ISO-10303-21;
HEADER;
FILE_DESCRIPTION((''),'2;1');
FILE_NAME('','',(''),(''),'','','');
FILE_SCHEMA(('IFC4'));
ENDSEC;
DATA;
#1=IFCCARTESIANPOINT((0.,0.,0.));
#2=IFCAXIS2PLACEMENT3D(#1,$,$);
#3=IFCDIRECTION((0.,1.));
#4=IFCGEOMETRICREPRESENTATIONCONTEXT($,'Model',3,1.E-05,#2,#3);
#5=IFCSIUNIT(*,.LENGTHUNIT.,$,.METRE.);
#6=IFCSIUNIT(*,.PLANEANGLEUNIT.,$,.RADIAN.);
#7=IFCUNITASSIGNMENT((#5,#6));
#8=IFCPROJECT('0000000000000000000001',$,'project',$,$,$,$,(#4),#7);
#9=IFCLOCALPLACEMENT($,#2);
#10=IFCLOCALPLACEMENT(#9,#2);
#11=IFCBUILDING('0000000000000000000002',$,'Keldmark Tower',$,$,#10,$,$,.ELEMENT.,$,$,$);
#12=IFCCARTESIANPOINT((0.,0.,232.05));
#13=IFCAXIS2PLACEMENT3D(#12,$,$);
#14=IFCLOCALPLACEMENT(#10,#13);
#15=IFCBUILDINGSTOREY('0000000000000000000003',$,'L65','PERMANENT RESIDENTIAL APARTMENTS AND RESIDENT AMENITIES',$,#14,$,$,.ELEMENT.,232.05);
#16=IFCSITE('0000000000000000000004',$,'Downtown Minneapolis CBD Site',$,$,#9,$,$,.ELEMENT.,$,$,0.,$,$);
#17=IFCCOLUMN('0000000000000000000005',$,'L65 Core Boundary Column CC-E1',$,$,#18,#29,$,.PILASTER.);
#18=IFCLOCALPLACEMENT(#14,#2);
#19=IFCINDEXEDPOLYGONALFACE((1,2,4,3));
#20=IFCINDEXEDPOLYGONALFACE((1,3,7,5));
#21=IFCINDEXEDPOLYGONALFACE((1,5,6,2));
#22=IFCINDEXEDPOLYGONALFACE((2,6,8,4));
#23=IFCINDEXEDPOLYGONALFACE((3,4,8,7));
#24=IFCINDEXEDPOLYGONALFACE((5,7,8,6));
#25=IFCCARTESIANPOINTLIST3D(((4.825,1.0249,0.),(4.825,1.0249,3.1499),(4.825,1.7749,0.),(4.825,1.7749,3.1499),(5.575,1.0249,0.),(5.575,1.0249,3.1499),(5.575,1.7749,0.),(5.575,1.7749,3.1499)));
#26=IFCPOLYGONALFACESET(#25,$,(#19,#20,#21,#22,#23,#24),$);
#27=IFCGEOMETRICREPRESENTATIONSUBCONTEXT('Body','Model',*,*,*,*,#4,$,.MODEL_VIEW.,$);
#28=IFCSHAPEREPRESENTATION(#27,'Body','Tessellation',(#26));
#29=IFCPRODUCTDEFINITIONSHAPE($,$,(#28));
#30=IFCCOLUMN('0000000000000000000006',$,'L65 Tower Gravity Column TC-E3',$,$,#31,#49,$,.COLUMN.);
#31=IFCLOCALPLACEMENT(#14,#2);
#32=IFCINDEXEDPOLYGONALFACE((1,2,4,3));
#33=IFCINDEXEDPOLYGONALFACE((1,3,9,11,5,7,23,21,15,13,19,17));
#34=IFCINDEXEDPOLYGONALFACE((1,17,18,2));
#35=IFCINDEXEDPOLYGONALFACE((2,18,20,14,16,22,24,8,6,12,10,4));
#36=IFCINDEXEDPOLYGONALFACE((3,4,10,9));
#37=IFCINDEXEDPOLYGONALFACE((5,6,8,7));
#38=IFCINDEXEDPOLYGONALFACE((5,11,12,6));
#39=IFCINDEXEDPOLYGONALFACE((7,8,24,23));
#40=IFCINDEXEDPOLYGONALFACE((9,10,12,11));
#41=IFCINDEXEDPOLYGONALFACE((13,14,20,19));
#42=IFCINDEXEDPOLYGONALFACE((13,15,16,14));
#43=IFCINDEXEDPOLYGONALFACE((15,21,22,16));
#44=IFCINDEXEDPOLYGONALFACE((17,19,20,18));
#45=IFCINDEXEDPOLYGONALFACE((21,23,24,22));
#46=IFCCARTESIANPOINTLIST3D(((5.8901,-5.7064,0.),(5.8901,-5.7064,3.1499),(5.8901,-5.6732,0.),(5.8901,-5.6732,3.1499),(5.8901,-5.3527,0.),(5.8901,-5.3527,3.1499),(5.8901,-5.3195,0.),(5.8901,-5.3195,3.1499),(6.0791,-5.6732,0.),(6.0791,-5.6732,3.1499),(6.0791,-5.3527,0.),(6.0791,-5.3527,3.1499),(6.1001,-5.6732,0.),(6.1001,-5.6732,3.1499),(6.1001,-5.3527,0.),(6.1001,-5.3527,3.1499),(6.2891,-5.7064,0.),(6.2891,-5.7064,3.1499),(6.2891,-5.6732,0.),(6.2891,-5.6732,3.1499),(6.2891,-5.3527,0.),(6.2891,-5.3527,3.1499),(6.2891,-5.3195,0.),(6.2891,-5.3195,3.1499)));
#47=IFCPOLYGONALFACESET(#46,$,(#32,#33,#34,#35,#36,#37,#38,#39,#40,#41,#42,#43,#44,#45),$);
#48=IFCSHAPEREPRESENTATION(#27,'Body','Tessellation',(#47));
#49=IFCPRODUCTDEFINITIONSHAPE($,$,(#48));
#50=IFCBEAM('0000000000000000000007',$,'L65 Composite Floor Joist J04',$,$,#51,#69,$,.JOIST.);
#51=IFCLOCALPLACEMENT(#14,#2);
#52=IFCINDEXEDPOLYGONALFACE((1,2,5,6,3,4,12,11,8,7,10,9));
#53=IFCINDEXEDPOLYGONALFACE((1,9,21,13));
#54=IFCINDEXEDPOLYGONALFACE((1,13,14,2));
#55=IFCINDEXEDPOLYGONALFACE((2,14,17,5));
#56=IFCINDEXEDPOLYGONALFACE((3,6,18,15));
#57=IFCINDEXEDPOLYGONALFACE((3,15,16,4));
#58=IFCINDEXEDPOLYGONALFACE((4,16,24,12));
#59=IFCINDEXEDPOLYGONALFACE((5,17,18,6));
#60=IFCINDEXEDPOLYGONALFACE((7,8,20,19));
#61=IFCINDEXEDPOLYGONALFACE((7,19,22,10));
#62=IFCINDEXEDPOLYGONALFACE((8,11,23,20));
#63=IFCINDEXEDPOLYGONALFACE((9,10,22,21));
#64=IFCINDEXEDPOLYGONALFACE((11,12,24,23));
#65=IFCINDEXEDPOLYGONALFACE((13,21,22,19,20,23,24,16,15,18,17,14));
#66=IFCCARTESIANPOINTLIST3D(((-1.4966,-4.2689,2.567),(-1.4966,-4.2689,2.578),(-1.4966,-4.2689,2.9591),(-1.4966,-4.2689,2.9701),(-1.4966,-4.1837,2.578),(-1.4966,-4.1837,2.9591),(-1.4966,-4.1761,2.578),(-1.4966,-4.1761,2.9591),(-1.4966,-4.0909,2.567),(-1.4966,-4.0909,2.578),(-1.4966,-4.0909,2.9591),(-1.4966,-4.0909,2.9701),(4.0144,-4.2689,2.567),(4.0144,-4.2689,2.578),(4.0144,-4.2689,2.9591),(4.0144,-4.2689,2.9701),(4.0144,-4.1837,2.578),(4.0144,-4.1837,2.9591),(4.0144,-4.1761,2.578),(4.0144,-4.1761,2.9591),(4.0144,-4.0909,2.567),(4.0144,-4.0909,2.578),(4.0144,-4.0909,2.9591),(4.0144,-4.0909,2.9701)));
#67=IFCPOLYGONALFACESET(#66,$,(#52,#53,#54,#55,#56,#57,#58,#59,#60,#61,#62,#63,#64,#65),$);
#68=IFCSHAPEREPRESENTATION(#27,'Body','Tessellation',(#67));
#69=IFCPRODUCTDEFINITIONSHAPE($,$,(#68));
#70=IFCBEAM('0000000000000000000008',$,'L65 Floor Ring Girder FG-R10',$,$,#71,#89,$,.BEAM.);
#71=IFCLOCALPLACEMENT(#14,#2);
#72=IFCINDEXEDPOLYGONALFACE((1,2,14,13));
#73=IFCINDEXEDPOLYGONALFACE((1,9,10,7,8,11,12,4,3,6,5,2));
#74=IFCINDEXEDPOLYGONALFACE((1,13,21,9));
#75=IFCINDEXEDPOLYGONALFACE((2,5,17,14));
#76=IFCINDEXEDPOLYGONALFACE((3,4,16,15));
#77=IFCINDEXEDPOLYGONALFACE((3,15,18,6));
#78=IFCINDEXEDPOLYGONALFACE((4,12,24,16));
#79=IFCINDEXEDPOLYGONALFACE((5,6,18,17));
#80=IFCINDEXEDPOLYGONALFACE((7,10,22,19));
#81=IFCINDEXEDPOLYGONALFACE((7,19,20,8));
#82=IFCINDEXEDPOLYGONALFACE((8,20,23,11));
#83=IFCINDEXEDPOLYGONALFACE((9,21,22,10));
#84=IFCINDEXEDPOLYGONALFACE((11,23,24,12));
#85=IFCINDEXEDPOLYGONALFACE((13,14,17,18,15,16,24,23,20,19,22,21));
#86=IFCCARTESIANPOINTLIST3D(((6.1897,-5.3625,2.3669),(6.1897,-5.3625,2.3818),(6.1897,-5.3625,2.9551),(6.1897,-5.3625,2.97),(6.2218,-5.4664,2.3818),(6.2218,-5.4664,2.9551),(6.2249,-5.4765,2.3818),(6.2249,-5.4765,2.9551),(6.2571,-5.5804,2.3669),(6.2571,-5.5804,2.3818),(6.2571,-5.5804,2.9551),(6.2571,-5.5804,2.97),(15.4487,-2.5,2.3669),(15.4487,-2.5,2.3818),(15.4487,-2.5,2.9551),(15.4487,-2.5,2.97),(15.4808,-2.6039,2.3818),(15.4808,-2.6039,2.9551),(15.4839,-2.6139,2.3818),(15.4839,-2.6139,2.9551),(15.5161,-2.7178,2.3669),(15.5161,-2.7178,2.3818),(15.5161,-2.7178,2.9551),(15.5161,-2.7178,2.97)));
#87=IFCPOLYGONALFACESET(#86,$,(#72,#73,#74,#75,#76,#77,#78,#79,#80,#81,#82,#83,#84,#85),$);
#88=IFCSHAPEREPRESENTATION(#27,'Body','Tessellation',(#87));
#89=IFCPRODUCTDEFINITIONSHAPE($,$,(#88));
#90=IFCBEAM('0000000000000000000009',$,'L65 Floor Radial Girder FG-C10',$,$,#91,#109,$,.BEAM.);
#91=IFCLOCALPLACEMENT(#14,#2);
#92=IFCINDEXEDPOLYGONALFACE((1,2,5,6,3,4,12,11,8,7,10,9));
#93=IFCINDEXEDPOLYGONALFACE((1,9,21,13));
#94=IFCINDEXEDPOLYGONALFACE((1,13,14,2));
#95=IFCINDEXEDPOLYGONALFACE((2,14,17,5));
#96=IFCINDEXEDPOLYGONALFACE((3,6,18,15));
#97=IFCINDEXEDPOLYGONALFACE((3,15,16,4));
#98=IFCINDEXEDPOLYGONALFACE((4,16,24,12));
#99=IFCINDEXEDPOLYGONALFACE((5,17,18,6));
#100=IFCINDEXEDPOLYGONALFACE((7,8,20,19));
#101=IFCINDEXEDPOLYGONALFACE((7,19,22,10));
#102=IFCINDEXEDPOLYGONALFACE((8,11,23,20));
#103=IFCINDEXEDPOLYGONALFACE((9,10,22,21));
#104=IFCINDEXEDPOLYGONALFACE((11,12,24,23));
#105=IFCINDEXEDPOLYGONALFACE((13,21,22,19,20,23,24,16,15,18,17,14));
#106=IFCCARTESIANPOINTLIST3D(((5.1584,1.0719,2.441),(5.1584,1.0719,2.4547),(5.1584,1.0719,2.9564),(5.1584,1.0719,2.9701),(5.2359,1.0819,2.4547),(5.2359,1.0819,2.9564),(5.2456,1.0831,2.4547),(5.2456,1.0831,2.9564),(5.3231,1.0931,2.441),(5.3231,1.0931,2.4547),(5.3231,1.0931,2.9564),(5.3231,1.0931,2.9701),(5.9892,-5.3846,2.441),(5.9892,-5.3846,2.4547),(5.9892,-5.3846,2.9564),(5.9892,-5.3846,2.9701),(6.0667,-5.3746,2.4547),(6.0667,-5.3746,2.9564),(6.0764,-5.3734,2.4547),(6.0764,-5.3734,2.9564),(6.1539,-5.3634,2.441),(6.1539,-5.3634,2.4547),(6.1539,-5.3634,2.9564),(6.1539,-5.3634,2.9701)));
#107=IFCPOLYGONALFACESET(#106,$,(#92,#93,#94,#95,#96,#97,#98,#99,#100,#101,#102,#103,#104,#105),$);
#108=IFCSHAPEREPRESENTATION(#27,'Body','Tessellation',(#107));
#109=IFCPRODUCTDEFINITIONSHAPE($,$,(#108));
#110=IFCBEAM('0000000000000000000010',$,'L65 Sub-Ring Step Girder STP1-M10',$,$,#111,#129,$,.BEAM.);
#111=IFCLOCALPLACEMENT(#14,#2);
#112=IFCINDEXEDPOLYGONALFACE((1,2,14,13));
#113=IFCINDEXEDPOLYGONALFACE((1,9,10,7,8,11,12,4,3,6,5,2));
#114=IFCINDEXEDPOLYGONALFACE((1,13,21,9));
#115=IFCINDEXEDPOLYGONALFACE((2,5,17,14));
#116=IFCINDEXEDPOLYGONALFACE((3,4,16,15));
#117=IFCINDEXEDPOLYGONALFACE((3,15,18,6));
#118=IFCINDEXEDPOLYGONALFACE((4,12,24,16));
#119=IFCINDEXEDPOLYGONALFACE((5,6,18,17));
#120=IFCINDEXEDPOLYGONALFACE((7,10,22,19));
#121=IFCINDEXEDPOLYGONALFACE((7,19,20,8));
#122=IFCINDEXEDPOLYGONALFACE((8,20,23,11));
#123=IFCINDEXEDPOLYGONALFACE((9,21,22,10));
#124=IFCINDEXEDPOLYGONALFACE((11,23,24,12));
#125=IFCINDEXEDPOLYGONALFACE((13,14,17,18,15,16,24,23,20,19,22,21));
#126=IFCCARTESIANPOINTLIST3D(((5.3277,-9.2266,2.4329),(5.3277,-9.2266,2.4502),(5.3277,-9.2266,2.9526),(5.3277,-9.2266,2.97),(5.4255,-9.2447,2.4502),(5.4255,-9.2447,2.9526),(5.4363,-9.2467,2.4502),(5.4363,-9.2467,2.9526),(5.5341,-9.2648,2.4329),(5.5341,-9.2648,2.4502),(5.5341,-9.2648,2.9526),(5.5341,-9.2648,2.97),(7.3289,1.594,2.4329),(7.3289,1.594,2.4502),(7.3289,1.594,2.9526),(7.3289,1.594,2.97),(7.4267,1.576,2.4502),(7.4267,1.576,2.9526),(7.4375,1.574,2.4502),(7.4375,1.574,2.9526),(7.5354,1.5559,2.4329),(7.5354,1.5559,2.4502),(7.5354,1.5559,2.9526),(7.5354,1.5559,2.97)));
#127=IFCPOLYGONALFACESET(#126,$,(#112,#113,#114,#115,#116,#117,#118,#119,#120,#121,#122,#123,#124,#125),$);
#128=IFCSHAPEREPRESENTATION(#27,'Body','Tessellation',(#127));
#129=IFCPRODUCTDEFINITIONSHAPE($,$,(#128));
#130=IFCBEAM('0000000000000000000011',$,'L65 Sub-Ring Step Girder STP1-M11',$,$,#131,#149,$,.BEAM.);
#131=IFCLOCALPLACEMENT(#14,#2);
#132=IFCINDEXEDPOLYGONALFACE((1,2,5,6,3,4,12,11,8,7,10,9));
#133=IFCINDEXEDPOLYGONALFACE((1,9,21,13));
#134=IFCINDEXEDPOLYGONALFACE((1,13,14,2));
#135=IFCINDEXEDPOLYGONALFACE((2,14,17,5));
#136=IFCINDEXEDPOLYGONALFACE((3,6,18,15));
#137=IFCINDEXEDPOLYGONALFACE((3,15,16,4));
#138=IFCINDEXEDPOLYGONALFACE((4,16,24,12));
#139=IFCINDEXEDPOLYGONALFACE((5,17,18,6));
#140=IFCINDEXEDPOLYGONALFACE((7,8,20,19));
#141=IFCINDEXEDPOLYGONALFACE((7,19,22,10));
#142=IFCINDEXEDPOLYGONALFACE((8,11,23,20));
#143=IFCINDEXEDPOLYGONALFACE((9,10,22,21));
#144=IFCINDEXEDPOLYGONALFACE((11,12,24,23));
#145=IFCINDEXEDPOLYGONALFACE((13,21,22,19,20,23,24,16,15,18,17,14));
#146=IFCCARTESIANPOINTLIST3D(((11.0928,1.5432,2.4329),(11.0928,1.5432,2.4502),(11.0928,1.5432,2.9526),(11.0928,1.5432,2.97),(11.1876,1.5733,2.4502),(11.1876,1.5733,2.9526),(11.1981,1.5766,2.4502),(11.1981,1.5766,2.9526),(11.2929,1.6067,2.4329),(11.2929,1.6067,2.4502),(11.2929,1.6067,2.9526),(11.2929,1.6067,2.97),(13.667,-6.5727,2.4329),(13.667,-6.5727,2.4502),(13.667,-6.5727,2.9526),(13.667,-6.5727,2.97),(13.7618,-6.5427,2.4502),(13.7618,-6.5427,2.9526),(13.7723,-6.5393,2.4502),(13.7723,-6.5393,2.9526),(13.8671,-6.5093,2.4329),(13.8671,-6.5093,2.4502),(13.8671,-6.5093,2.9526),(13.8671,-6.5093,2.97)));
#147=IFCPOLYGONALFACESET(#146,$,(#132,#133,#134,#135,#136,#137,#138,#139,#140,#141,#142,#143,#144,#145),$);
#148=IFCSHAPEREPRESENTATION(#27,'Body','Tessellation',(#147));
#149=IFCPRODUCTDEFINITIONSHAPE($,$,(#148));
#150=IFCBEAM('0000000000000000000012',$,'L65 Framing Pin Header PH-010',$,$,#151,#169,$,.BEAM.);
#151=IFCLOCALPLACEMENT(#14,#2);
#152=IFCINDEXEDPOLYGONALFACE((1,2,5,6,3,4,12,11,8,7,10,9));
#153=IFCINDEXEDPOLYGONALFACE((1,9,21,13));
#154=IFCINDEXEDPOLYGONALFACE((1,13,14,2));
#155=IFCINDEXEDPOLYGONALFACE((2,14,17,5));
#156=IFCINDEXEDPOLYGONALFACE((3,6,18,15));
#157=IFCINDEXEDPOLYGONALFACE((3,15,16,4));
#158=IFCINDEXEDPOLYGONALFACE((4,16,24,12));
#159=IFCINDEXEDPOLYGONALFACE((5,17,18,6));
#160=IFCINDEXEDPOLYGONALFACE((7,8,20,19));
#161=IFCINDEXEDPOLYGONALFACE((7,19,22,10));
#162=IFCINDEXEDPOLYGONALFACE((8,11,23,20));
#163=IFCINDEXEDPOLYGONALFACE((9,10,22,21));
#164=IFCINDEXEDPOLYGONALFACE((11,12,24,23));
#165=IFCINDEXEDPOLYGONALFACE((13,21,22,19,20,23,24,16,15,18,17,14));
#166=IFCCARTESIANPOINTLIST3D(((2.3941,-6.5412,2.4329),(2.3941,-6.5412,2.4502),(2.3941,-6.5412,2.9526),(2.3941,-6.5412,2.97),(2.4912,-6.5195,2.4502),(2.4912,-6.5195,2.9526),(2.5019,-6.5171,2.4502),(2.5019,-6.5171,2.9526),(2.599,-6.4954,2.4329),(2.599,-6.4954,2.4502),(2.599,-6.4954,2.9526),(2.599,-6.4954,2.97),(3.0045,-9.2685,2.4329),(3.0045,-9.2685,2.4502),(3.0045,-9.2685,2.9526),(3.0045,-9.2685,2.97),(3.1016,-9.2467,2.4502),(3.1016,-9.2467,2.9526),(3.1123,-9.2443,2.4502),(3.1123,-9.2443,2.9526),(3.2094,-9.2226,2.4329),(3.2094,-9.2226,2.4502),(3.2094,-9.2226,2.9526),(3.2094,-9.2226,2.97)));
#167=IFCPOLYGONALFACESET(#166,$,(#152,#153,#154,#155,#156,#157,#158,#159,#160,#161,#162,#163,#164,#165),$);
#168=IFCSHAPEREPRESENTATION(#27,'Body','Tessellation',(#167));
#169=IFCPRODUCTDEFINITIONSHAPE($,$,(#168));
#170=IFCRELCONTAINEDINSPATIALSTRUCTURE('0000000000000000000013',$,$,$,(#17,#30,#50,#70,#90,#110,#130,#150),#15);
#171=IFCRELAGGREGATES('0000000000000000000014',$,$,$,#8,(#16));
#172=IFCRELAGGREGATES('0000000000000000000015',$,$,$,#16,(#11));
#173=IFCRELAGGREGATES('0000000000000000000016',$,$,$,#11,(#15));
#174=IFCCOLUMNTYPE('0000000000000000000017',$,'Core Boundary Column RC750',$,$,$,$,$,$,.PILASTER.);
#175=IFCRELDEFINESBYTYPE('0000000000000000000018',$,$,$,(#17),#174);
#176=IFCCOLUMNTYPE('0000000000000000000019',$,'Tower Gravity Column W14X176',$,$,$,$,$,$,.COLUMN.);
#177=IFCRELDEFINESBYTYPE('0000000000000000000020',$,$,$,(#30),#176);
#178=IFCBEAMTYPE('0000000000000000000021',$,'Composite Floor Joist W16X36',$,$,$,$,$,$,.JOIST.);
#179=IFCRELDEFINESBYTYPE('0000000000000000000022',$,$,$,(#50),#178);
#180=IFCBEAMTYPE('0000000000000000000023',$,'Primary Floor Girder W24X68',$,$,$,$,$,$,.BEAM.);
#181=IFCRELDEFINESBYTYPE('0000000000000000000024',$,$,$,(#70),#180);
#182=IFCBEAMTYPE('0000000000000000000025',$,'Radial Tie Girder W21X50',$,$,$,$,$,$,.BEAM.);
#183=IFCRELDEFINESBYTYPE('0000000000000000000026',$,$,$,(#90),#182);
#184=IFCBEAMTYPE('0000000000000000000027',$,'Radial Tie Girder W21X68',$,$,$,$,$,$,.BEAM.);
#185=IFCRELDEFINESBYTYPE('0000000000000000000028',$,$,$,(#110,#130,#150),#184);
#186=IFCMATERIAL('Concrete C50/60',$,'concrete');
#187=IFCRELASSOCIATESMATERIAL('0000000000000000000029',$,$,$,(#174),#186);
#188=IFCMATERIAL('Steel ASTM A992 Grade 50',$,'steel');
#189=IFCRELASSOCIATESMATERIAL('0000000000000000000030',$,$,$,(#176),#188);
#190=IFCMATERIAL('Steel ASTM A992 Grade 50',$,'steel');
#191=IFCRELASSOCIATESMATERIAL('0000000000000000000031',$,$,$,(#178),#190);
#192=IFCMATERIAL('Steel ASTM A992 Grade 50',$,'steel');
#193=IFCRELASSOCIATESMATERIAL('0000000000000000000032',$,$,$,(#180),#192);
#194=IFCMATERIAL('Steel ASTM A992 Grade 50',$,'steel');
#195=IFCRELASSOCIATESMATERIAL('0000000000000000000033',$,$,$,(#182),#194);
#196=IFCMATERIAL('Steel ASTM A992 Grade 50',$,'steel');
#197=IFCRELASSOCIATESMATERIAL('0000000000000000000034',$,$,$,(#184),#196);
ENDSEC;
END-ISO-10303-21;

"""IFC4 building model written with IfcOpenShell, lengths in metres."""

from ifc_helpers import new_model, si_unit, direction, frame, origin, origin_2d, place, context, subcontext, project, spatial, rectangle, i_section, extrude, material, material_profile, profile_set, type_object, element, save


model = new_model("IFC4")

# Units and contexts
model_context = context("Model", 3, precision=1e-05, world=origin(), true_north=direction((0.0, 1.0)))
body_context = subcontext(model_context, "Body", "Model", "MODEL_VIEW")
ifc_project = project(units=[si_unit("LENGTHUNIT", "METRE"), si_unit("PLANEANGLEUNIT", "RADIAN")], contexts=[model_context])

# Site, building, storey
site_placement = place(None, origin())
site = spatial("IfcSite", under=ifc_project, at=site_placement, Name="Downtown Minneapolis CBD Site", CompositionType="ELEMENT", RefElevation=0.0)
building_placement = place(site_placement, origin())
building = spatial("IfcBuilding", under=site, at=building_placement, Name="Keldmark Tower", CompositionType="ELEMENT")
storey_placement = place(building_placement, frame((0.0, 0.0, 232.05)))
storey = spatial("IfcBuildingStorey", under=building, at=storey_placement, Name="L65", Description="PERMANENT RESIDENTIAL APARTMENTS AND RESIDENT AMENITIES", CompositionType="ELEMENT", Elevation=232.05)

# Columns
ifc_material_1 = material(Name="Concrete C50/60", Category="concrete")
ifc_material_profile_1 = material_profile(ifc_material_1, rectangle(XDim=0.75, YDim=0.75, at=origin_2d()), Name="RC750X750")
ifc_profile_set_1 = profile_set([ifc_material_profile_1], Name="Concrete C50/60")
column_type_1 = type_object("IfcColumnType", Name="Core Boundary Column RC750", PredefinedType="PILASTER", material=ifc_profile_set_1)
column_1_placement = place(storey_placement, frame((5.2, 1.3999, 0.0), z_axis=(0.0, 0.0, 1.0), x_axis=(1.0, 0.0, 0.0)))
element("IfcColumn", 1, at=column_1_placement, inside=storey, type_object=column_type_1, Name="L65 Core Boundary Column CC-E1", PredefinedType="PILASTER", context=body_context, shape_type="SweptSolid", body=[
    extrude(rectangle(XDim=0.75, YDim=0.75, at=origin_2d()), origin(), (0.0, 0.0, 1.0), 3.1499),
])
ifc_material_2 = material(Name="Steel ASTM A992 Grade 50", Category="steel")
ifc_material_profile_2 = material_profile(ifc_material_2, i_section(OverallWidth=0.3989, OverallDepth=0.387, WebThickness=0.021, FlangeThickness=0.0332, at=origin_2d()), Name="W14X176")
ifc_profile_set_2 = profile_set([ifc_material_profile_2], Name="Steel ASTM A992 Grade 50")
column_type_2 = type_object("IfcColumnType", Name="Tower Gravity Column W14X176", PredefinedType="COLUMN", material=ifc_profile_set_2)
column_2_placement = place(storey_placement, frame((6.0896, -5.5129, 0.0), z_axis=(0.0, 0.0, 1.0), x_axis=(1.0, 0.0, 0.0)))
element("IfcColumn", 2, at=column_2_placement, inside=storey, type_object=column_type_2, Name="L65 Tower Gravity Column TC-E3", PredefinedType="COLUMN", context=body_context, shape_type="SweptSolid", body=[
    extrude(i_section(OverallWidth=0.3989, OverallDepth=0.387, WebThickness=0.021, FlangeThickness=0.0332, at=origin_2d()), origin(), (0.0, 0.0, 1.0), 3.1499),
])

# Beams
ifc_material_3 = material(Name="Steel ASTM A992 Grade 50", Category="steel")
ifc_material_profile_3 = material_profile(ifc_material_3, i_section(OverallWidth=0.178, OverallDepth=0.4031, WebThickness=0.0076, FlangeThickness=0.011, at=origin_2d()), Name="W16X36")
ifc_profile_set_3 = profile_set([ifc_material_profile_3], Name="Steel ASTM A992 Grade 50")
beam_type_1 = type_object("IfcBeamType", Name="Composite Floor Joist W16X36", PredefinedType="JOIST", material=ifc_profile_set_3)
beam_1_placement = place(storey_placement, frame((-1.4966, -4.1799, 2.7686), z_axis=(1.0, 0.0, 0.0), x_axis=(0.0, 1.0, 0.0)))
element("IfcBeam", 3, at=beam_1_placement, inside=storey, type_object=beam_type_1, Name="L65 Composite Floor Joist J04", PredefinedType="JOIST", context=body_context, shape_type="SweptSolid", body=[
    extrude(i_section(OverallWidth=0.178, OverallDepth=0.4031, WebThickness=0.0076, FlangeThickness=0.011, at=origin_2d()), origin(), (0.0, 0.0, 1.0), 5.511),
])
ifc_material_4 = material(Name="Steel ASTM A992 Grade 50", Category="steel")
ifc_material_profile_4 = material_profile(ifc_material_4, i_section(OverallWidth=0.228, OverallDepth=0.603, WebThickness=0.0105, FlangeThickness=0.0149, at=origin_2d()), Name="W24X68")
ifc_profile_set_4 = profile_set([ifc_material_profile_4], Name="Steel ASTM A992 Grade 50")
beam_type_2 = type_object("IfcBeamType", Name="Primary Floor Girder W24X68", PredefinedType="BEAM", material=ifc_profile_set_4)
beam_2_placement = place(storey_placement, frame((6.2234, -5.4714, 2.6685), z_axis=(0.955383, 0.295369, 0.0), x_axis=(-0.295369, 0.955383, 0.0)))
element("IfcBeam", 4, at=beam_2_placement, inside=storey, type_object=beam_type_2, Name="L65 Floor Ring Girder FG-R10", PredefinedType="BEAM", context=body_context, shape_type="SweptSolid", body=[
    extrude(i_section(OverallWidth=0.228, OverallDepth=0.603, WebThickness=0.0105, FlangeThickness=0.0149, at=origin_2d()), origin(), (0.0, 0.0, 1.0), 9.6914),
])
ifc_material_5 = material(Name="Steel ASTM A992 Grade 50", Category="steel")
ifc_material_profile_5 = material_profile(ifc_material_5, i_section(OverallWidth=0.166, OverallDepth=0.5291, WebThickness=0.0098, FlangeThickness=0.0137, at=origin_2d()), Name="W21X50")
ifc_profile_set_5 = profile_set([ifc_material_profile_5], Name="Steel ASTM A992 Grade 50")
beam_type_3 = type_object("IfcBeamType", Name="Radial Tie Girder W21X50", PredefinedType="BEAM", material=ifc_profile_set_5)
beam_3_placement = place(storey_placement, frame((6.0715, -5.374, 2.7056), z_axis=(-0.127625, 0.991822, 0.0), x_axis=(-0.991822, -0.127625, 0.0)))
element("IfcBeam", 5, at=beam_3_placement, inside=storey, type_object=beam_type_3, Name="L65 Floor Radial Girder FG-C10", PredefinedType="BEAM", context=body_context, shape_type="SweptSolid", body=[
    extrude(i_section(OverallWidth=0.166, OverallDepth=0.5291, WebThickness=0.0098, FlangeThickness=0.0137, at=origin_2d()), origin(), (0.0, 0.0, 1.0), 6.5098),
])
ifc_material_6 = material(Name="Steel ASTM A992 Grade 50", Category="steel")
ifc_material_profile_6 = material_profile(ifc_material_6, i_section(OverallWidth=0.21, OverallDepth=0.5371, WebThickness=0.011, FlangeThickness=0.0173, at=origin_2d()), Name="W21X68")
ifc_profile_set_6 = profile_set([ifc_material_profile_6], Name="Steel ASTM A992 Grade 50")
beam_type_4 = type_object("IfcBeamType", Name="Radial Tie Girder W21X68", PredefinedType="BEAM", material=ifc_profile_set_6)
beam_4_placement = place(storey_placement, frame((7.4321, 1.575, 2.7014), z_axis=(-0.181862, -0.983324, 0.0), x_axis=(0.983324, -0.181862, 0.0)))
element("IfcBeam", 6, at=beam_4_placement, inside=storey, type_object=beam_type_4, Name="L65 Sub-Ring Step Girder STP1-M10", PredefinedType="BEAM", context=body_context, shape_type="SweptSolid", body=[
    extrude(i_section(OverallWidth=0.21, OverallDepth=0.5371, WebThickness=0.011, FlangeThickness=0.0173, at=origin_2d()), origin(), (0.0, 0.0, 1.0), 11.0042),
])
beam_5_placement = place(storey_placement, frame((11.1929, 1.575, 2.7014), z_axis=(0.302336, -0.953201, 0.0), x_axis=(0.953201, 0.302336, 0.0)))
element("IfcBeam", 7, at=beam_5_placement, inside=storey, type_object=beam_type_4, Name="L65 Sub-Ring Step Girder STP1-M11", PredefinedType="BEAM", context=body_context, shape_type="SweptSolid", body=[
    extrude(i_section(OverallWidth=0.21, OverallDepth=0.5371, WebThickness=0.011, FlangeThickness=0.0173, at=origin_2d()), origin(), (0.0, 0.0, 1.0), 8.5144),
])
beam_6_placement = place(storey_placement, frame((2.4966, -6.5183, 2.7014), z_axis=(0.218392, -0.975861, 0.0), x_axis=(0.975861, 0.218392, 0.0)))
element("IfcBeam", 8, at=beam_6_placement, inside=storey, type_object=beam_type_4, Name="L65 Framing Pin Header PH-010", PredefinedType="BEAM", context=body_context, shape_type="SweptSolid", body=[
    extrude(i_section(OverallWidth=0.21, OverallDepth=0.5371, WebThickness=0.011, FlangeThickness=0.0173, at=origin_2d()), origin(), (0.0, 0.0, 1.0), 2.7947),
])

save(model, "model.ifc")
